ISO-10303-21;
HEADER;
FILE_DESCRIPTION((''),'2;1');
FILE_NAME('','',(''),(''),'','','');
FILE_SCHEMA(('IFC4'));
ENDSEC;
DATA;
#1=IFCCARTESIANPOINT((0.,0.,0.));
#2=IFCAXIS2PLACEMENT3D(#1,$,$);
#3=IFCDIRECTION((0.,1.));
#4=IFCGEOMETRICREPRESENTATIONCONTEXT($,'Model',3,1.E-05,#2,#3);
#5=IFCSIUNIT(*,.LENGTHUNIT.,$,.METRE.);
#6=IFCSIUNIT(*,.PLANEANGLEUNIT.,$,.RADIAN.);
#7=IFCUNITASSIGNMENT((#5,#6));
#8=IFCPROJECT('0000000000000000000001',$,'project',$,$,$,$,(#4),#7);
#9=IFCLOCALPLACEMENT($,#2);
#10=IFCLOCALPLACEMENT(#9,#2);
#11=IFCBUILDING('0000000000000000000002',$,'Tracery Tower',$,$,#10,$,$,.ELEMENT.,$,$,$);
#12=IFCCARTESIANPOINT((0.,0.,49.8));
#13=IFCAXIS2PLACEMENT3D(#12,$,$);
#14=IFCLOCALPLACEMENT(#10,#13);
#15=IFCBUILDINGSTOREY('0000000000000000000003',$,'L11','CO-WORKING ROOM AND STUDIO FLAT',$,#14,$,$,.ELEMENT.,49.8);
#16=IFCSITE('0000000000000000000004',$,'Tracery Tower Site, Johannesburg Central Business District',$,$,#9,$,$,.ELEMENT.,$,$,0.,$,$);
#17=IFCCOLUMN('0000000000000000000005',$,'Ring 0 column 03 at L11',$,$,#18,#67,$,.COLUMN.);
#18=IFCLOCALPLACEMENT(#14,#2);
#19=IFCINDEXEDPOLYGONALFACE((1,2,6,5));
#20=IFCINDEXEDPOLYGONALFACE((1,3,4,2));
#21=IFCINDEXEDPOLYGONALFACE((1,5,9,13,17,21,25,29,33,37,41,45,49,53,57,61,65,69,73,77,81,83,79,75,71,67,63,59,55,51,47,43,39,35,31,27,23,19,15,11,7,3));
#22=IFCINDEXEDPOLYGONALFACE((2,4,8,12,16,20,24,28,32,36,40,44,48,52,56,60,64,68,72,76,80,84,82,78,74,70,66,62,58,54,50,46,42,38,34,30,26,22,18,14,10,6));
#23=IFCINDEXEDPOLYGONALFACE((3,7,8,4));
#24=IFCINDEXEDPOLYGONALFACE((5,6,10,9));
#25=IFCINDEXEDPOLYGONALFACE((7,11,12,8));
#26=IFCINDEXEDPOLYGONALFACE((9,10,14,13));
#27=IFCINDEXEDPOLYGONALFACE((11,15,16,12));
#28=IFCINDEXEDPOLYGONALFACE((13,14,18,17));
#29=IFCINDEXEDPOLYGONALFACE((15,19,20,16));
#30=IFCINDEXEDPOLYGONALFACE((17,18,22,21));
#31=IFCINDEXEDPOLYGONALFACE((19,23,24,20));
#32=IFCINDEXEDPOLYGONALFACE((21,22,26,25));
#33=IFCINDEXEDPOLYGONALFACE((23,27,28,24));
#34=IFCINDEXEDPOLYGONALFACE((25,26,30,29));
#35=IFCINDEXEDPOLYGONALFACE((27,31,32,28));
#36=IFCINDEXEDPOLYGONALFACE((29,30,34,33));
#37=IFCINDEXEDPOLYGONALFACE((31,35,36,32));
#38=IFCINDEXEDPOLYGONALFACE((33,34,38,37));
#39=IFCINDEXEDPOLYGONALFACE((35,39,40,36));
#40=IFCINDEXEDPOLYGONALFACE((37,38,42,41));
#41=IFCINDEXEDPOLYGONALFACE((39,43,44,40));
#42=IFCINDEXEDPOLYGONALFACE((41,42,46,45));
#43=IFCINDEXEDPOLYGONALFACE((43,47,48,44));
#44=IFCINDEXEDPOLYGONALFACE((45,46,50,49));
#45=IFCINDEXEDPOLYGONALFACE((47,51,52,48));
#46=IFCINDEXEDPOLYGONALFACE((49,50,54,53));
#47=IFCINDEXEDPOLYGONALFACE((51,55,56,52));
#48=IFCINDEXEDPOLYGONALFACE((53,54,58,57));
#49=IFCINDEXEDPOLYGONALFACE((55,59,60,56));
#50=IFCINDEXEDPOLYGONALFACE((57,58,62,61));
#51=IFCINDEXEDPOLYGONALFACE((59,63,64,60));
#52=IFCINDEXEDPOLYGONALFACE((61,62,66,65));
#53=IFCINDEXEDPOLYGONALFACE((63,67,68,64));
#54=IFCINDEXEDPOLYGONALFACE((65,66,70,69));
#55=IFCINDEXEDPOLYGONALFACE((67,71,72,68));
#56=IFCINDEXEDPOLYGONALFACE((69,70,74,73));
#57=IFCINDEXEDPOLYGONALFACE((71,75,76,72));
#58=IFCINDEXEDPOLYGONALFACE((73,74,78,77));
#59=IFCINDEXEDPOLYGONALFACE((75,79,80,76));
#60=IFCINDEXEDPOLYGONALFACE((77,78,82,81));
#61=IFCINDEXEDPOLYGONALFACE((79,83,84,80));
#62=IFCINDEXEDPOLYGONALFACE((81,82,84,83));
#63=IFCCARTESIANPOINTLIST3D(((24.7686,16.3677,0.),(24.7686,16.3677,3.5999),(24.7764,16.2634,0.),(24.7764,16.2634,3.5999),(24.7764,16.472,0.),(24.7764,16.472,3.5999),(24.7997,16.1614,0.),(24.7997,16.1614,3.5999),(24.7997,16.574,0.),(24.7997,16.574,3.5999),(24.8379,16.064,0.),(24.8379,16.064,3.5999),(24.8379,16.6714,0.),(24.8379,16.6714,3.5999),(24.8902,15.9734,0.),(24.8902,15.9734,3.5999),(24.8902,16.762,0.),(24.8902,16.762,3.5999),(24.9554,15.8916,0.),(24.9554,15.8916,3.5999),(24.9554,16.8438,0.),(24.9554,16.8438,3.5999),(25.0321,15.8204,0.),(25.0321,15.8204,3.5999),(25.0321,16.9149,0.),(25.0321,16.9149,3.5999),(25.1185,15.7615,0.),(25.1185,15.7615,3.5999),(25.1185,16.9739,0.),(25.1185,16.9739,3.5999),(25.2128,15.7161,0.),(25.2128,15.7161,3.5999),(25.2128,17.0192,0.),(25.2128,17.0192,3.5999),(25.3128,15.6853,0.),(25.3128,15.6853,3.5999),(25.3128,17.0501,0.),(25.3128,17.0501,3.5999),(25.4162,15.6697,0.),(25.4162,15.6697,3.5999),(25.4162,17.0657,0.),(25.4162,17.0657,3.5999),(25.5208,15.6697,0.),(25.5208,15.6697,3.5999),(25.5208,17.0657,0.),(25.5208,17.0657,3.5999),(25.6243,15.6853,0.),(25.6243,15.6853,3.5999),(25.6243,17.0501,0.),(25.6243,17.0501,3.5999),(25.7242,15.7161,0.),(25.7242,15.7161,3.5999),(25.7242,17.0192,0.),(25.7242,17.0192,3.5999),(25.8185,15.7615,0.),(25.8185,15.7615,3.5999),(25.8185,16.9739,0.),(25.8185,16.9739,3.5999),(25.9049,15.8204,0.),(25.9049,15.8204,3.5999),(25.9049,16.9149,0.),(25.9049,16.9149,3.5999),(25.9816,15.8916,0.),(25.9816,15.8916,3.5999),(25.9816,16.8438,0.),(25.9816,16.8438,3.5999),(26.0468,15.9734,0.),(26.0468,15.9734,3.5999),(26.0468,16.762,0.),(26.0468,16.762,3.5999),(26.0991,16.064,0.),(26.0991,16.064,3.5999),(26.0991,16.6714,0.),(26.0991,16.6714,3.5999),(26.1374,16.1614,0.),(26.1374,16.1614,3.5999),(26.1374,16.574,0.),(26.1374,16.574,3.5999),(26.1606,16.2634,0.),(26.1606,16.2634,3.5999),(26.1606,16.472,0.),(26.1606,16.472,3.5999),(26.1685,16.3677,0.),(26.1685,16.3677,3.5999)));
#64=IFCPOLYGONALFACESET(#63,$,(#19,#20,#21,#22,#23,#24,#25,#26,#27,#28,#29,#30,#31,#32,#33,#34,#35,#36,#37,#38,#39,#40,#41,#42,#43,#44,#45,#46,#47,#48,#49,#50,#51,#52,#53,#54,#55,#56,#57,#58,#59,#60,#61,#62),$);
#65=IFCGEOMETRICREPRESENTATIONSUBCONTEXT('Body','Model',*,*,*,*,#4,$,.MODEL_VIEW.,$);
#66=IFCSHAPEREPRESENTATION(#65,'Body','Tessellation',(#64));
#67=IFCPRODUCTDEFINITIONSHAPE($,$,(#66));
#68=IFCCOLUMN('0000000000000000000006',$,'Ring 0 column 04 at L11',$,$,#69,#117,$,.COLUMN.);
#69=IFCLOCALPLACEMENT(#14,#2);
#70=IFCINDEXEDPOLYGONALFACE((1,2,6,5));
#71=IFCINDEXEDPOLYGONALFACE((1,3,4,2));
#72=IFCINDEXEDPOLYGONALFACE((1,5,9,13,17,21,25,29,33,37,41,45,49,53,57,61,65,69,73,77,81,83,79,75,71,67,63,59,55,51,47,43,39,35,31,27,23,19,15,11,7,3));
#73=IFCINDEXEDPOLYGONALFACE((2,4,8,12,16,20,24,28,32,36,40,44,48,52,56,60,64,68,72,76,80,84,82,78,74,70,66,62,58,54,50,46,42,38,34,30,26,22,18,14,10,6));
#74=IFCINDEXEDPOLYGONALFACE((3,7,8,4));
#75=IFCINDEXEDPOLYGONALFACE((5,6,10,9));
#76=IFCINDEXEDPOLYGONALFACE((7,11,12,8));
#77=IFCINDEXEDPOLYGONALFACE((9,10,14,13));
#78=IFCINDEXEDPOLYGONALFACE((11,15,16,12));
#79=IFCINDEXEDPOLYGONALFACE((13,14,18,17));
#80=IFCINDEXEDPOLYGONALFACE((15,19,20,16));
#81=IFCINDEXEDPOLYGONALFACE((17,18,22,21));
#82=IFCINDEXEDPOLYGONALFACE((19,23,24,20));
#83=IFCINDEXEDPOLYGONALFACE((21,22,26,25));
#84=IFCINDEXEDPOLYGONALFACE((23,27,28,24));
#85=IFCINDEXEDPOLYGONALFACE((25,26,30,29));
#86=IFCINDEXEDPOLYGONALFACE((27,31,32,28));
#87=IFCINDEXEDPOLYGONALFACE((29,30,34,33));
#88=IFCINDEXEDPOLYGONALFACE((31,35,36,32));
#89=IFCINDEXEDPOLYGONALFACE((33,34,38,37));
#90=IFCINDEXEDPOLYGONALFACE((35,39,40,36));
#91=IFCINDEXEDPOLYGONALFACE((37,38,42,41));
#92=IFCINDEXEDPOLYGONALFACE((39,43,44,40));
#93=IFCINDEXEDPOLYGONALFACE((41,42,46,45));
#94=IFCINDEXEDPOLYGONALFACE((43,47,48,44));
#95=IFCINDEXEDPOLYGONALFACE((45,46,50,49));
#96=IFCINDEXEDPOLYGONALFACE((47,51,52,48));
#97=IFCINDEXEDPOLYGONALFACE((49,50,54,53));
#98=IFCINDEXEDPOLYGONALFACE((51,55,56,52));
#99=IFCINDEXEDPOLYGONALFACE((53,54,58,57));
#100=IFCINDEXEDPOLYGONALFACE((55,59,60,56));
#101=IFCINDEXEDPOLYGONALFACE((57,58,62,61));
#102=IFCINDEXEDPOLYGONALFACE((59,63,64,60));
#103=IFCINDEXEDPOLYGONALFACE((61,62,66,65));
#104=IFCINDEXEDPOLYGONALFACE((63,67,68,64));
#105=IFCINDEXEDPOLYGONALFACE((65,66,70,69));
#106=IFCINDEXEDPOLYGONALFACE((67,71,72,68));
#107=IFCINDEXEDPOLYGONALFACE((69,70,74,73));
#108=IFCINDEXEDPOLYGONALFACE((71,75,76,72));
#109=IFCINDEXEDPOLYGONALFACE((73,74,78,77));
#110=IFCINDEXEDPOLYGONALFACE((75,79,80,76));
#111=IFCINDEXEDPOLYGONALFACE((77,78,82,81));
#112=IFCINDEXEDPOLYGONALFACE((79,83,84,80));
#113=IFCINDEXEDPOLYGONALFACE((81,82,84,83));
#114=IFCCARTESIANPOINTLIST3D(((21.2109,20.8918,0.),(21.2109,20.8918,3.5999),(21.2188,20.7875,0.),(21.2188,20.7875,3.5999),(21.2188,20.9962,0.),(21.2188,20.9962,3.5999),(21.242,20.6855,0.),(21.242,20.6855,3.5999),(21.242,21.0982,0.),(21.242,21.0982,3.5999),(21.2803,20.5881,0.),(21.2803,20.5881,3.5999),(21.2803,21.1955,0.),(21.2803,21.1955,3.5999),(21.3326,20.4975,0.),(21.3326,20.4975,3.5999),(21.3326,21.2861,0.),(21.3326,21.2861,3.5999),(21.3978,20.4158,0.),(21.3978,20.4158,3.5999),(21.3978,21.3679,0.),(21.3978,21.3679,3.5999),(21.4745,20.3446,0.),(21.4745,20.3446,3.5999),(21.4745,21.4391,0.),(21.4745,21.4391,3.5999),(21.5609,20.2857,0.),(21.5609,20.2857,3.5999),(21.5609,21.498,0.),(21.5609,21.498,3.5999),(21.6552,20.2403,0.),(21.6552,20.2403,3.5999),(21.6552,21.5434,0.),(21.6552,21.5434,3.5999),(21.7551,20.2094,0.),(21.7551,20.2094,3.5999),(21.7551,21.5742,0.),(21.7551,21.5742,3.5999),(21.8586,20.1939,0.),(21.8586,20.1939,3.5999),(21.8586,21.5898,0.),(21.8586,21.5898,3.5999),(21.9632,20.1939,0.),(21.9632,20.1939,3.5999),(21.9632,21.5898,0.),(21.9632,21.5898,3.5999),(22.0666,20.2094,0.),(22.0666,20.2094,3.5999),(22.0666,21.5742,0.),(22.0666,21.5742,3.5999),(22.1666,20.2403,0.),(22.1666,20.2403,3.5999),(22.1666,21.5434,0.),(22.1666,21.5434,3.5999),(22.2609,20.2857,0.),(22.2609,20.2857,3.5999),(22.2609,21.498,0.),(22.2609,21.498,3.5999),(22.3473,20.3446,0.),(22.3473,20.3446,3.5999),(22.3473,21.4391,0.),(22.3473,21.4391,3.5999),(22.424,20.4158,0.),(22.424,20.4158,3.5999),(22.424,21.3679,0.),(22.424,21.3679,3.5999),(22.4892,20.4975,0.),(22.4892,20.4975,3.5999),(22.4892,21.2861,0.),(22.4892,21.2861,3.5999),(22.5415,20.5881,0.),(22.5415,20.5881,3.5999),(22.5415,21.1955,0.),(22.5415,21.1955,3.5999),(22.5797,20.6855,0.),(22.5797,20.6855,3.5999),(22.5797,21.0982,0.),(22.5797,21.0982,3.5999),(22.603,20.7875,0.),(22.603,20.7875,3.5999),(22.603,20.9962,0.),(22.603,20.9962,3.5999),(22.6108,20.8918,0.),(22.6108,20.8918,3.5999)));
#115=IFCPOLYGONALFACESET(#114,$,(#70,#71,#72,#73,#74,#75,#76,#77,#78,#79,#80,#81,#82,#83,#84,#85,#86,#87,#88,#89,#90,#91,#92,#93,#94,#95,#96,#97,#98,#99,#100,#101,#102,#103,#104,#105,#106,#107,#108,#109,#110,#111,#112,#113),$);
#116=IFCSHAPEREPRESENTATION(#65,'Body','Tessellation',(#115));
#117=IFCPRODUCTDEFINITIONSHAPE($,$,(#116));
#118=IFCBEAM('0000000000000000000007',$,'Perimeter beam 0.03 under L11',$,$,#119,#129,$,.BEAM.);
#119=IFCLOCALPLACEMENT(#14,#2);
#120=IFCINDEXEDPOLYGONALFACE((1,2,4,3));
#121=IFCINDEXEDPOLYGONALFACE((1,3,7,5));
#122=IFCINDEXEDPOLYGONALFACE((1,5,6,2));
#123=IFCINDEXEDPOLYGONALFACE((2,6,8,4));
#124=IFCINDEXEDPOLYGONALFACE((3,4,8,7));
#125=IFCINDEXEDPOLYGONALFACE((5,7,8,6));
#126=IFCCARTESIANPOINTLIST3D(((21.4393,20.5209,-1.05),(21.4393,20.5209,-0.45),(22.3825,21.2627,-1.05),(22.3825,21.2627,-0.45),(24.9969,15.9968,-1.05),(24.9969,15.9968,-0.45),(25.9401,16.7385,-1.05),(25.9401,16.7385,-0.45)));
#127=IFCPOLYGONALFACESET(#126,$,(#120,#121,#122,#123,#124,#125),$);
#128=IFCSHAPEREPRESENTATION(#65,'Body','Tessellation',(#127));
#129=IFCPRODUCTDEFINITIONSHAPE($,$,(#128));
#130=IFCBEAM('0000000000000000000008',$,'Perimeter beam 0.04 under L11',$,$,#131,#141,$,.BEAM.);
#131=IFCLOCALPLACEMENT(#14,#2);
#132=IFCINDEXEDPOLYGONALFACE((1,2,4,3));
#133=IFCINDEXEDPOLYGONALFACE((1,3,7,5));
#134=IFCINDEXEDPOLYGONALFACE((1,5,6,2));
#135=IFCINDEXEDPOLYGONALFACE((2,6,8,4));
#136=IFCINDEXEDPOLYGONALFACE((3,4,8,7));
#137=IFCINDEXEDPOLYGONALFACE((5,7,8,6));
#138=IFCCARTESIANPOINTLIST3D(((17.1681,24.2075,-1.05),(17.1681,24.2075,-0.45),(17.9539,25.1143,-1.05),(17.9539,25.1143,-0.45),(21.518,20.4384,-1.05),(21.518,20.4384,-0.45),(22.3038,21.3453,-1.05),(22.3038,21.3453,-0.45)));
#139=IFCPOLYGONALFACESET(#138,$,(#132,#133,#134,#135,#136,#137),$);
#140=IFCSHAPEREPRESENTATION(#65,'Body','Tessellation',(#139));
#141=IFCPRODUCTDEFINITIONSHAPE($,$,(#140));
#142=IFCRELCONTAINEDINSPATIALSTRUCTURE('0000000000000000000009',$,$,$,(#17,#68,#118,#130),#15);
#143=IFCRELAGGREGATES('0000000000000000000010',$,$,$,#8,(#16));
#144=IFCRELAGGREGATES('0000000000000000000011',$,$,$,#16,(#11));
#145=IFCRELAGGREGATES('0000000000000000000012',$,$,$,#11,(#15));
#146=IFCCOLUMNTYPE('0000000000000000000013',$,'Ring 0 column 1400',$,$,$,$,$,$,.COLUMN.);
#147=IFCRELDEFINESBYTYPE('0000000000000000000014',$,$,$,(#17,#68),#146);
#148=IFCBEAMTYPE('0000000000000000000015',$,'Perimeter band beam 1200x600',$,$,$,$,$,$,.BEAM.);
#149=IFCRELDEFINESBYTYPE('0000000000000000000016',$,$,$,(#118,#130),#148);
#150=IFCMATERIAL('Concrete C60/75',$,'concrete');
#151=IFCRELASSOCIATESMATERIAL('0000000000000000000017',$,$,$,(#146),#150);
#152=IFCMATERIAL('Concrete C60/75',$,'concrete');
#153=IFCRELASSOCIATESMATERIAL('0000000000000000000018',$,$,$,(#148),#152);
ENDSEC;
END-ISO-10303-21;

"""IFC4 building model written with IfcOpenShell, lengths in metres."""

from ifc_helpers import new_model, si_unit, direction, frame, origin, origin_2d, place, context, subcontext, project, spatial, rectangle, circle, extrude, material, material_profile, profile_set, type_object, element, save


model = new_model("IFC4")

# Units and contexts
model_context = context("Model", 3, precision=1e-05, world=origin(), true_north=direction((0.0, 1.0)))
body_context = subcontext(model_context, "Body", "Model", "MODEL_VIEW")
ifc_project = project(units=[si_unit("LENGTHUNIT", "METRE"), si_unit("PLANEANGLEUNIT", "RADIAN")], contexts=[model_context])

# Site, building, storey
site_placement = place(None, origin())
site = spatial("IfcSite", under=ifc_project, at=site_placement, Name="Tracery Tower Site, Johannesburg Central Business District", CompositionType="ELEMENT", RefElevation=0.0)
building_placement = place(site_placement, origin())
building = spatial("IfcBuilding", under=site, at=building_placement, Name="Tracery Tower", CompositionType="ELEMENT")
storey_placement = place(building_placement, frame((0.0, 0.0, 49.8)))
storey = spatial("IfcBuildingStorey", under=building, at=storey_placement, Name="L11", Description="CO-WORKING ROOM AND STUDIO FLAT", CompositionType="ELEMENT", Elevation=49.8)

# Columns
ifc_material_1 = material(Name="Concrete C60/75", Category="concrete")
ifc_material_profile_1 = material_profile(ifc_material_1, circle(Radius=0.7, at=origin_2d()), Name="RC D1400")
ifc_profile_set_1 = profile_set([ifc_material_profile_1], Name="Concrete C60/75")
column_type = type_object("IfcColumnType", Name="Ring 0 column 1400", PredefinedType="COLUMN", material=ifc_profile_set_1)
for number, where, z_axis, x_axis, name in (
    (1, (25.4685, 16.3677, 0.0), (0.0, 0.0, 1.0), (1.0, 0.0, 0.0), "Ring 0 column 03 at L11"),
    (2, (21.9109, 20.8918, 0.0), (0.0, 0.0, 1.0), (1.0, 0.0, 0.0), "Ring 0 column 04 at L11"),
):
    element("IfcColumn", number, at=place(storey_placement, frame(where, z_axis=z_axis, x_axis=x_axis)), inside=storey, type_object=column_type, Name=name, PredefinedType="COLUMN", context=body_context, shape_type="SweptSolid", body=[
        extrude(circle(Radius=0.7, at=origin_2d()), origin(), (0.0, 0.0, 1.0), 3.5999),
    ])

# Beams
ifc_material_2 = material(Name="Concrete C60/75", Category="concrete")
ifc_material_profile_2 = material_profile(ifc_material_2, rectangle(XDim=1.2, YDim=0.6001, at=origin_2d()), Name="RC 1200x600")
ifc_profile_set_2 = profile_set([ifc_material_profile_2], Name="Concrete C60/75")
beam_type = type_object("IfcBeamType", Name="Perimeter band beam 1200x600", PredefinedType="BEAM", material=ifc_profile_set_2)
beam_1_placement = place(storey_placement, frame((25.4685, 16.3677, -0.75), z_axis=(-0.618134, 0.786072, 0.0), x_axis=(-0.786072, -0.618134, 0.0)))
element("IfcBeam", 3, at=beam_1_placement, inside=storey, type_object=beam_type, Name="Perimeter beam 0.03 under L11", PredefinedType="BEAM", context=body_context, shape_type="SweptSolid", body=[
    extrude(rectangle(XDim=1.2, YDim=0.6001, at=origin_2d()), origin(), (0.0, 0.0, 1.0), 5.7554),
])
beam_2_placement = place(storey_placement, frame((21.9109, 20.8918, -0.75), z_axis=(-0.75576, 0.654848, 0.0), x_axis=(-0.654848, -0.75576, 0.0)))
element("IfcBeam", 4, at=beam_2_placement, inside=storey, type_object=beam_type, Name="Perimeter beam 0.04 under L11", PredefinedType="BEAM", context=body_context, shape_type="SweptSolid", body=[
    extrude(rectangle(XDim=1.2, YDim=0.6001, at=origin_2d()), origin(), (0.0, 0.0, 1.0), 5.7556),
])

save(model, "model.ifc")
